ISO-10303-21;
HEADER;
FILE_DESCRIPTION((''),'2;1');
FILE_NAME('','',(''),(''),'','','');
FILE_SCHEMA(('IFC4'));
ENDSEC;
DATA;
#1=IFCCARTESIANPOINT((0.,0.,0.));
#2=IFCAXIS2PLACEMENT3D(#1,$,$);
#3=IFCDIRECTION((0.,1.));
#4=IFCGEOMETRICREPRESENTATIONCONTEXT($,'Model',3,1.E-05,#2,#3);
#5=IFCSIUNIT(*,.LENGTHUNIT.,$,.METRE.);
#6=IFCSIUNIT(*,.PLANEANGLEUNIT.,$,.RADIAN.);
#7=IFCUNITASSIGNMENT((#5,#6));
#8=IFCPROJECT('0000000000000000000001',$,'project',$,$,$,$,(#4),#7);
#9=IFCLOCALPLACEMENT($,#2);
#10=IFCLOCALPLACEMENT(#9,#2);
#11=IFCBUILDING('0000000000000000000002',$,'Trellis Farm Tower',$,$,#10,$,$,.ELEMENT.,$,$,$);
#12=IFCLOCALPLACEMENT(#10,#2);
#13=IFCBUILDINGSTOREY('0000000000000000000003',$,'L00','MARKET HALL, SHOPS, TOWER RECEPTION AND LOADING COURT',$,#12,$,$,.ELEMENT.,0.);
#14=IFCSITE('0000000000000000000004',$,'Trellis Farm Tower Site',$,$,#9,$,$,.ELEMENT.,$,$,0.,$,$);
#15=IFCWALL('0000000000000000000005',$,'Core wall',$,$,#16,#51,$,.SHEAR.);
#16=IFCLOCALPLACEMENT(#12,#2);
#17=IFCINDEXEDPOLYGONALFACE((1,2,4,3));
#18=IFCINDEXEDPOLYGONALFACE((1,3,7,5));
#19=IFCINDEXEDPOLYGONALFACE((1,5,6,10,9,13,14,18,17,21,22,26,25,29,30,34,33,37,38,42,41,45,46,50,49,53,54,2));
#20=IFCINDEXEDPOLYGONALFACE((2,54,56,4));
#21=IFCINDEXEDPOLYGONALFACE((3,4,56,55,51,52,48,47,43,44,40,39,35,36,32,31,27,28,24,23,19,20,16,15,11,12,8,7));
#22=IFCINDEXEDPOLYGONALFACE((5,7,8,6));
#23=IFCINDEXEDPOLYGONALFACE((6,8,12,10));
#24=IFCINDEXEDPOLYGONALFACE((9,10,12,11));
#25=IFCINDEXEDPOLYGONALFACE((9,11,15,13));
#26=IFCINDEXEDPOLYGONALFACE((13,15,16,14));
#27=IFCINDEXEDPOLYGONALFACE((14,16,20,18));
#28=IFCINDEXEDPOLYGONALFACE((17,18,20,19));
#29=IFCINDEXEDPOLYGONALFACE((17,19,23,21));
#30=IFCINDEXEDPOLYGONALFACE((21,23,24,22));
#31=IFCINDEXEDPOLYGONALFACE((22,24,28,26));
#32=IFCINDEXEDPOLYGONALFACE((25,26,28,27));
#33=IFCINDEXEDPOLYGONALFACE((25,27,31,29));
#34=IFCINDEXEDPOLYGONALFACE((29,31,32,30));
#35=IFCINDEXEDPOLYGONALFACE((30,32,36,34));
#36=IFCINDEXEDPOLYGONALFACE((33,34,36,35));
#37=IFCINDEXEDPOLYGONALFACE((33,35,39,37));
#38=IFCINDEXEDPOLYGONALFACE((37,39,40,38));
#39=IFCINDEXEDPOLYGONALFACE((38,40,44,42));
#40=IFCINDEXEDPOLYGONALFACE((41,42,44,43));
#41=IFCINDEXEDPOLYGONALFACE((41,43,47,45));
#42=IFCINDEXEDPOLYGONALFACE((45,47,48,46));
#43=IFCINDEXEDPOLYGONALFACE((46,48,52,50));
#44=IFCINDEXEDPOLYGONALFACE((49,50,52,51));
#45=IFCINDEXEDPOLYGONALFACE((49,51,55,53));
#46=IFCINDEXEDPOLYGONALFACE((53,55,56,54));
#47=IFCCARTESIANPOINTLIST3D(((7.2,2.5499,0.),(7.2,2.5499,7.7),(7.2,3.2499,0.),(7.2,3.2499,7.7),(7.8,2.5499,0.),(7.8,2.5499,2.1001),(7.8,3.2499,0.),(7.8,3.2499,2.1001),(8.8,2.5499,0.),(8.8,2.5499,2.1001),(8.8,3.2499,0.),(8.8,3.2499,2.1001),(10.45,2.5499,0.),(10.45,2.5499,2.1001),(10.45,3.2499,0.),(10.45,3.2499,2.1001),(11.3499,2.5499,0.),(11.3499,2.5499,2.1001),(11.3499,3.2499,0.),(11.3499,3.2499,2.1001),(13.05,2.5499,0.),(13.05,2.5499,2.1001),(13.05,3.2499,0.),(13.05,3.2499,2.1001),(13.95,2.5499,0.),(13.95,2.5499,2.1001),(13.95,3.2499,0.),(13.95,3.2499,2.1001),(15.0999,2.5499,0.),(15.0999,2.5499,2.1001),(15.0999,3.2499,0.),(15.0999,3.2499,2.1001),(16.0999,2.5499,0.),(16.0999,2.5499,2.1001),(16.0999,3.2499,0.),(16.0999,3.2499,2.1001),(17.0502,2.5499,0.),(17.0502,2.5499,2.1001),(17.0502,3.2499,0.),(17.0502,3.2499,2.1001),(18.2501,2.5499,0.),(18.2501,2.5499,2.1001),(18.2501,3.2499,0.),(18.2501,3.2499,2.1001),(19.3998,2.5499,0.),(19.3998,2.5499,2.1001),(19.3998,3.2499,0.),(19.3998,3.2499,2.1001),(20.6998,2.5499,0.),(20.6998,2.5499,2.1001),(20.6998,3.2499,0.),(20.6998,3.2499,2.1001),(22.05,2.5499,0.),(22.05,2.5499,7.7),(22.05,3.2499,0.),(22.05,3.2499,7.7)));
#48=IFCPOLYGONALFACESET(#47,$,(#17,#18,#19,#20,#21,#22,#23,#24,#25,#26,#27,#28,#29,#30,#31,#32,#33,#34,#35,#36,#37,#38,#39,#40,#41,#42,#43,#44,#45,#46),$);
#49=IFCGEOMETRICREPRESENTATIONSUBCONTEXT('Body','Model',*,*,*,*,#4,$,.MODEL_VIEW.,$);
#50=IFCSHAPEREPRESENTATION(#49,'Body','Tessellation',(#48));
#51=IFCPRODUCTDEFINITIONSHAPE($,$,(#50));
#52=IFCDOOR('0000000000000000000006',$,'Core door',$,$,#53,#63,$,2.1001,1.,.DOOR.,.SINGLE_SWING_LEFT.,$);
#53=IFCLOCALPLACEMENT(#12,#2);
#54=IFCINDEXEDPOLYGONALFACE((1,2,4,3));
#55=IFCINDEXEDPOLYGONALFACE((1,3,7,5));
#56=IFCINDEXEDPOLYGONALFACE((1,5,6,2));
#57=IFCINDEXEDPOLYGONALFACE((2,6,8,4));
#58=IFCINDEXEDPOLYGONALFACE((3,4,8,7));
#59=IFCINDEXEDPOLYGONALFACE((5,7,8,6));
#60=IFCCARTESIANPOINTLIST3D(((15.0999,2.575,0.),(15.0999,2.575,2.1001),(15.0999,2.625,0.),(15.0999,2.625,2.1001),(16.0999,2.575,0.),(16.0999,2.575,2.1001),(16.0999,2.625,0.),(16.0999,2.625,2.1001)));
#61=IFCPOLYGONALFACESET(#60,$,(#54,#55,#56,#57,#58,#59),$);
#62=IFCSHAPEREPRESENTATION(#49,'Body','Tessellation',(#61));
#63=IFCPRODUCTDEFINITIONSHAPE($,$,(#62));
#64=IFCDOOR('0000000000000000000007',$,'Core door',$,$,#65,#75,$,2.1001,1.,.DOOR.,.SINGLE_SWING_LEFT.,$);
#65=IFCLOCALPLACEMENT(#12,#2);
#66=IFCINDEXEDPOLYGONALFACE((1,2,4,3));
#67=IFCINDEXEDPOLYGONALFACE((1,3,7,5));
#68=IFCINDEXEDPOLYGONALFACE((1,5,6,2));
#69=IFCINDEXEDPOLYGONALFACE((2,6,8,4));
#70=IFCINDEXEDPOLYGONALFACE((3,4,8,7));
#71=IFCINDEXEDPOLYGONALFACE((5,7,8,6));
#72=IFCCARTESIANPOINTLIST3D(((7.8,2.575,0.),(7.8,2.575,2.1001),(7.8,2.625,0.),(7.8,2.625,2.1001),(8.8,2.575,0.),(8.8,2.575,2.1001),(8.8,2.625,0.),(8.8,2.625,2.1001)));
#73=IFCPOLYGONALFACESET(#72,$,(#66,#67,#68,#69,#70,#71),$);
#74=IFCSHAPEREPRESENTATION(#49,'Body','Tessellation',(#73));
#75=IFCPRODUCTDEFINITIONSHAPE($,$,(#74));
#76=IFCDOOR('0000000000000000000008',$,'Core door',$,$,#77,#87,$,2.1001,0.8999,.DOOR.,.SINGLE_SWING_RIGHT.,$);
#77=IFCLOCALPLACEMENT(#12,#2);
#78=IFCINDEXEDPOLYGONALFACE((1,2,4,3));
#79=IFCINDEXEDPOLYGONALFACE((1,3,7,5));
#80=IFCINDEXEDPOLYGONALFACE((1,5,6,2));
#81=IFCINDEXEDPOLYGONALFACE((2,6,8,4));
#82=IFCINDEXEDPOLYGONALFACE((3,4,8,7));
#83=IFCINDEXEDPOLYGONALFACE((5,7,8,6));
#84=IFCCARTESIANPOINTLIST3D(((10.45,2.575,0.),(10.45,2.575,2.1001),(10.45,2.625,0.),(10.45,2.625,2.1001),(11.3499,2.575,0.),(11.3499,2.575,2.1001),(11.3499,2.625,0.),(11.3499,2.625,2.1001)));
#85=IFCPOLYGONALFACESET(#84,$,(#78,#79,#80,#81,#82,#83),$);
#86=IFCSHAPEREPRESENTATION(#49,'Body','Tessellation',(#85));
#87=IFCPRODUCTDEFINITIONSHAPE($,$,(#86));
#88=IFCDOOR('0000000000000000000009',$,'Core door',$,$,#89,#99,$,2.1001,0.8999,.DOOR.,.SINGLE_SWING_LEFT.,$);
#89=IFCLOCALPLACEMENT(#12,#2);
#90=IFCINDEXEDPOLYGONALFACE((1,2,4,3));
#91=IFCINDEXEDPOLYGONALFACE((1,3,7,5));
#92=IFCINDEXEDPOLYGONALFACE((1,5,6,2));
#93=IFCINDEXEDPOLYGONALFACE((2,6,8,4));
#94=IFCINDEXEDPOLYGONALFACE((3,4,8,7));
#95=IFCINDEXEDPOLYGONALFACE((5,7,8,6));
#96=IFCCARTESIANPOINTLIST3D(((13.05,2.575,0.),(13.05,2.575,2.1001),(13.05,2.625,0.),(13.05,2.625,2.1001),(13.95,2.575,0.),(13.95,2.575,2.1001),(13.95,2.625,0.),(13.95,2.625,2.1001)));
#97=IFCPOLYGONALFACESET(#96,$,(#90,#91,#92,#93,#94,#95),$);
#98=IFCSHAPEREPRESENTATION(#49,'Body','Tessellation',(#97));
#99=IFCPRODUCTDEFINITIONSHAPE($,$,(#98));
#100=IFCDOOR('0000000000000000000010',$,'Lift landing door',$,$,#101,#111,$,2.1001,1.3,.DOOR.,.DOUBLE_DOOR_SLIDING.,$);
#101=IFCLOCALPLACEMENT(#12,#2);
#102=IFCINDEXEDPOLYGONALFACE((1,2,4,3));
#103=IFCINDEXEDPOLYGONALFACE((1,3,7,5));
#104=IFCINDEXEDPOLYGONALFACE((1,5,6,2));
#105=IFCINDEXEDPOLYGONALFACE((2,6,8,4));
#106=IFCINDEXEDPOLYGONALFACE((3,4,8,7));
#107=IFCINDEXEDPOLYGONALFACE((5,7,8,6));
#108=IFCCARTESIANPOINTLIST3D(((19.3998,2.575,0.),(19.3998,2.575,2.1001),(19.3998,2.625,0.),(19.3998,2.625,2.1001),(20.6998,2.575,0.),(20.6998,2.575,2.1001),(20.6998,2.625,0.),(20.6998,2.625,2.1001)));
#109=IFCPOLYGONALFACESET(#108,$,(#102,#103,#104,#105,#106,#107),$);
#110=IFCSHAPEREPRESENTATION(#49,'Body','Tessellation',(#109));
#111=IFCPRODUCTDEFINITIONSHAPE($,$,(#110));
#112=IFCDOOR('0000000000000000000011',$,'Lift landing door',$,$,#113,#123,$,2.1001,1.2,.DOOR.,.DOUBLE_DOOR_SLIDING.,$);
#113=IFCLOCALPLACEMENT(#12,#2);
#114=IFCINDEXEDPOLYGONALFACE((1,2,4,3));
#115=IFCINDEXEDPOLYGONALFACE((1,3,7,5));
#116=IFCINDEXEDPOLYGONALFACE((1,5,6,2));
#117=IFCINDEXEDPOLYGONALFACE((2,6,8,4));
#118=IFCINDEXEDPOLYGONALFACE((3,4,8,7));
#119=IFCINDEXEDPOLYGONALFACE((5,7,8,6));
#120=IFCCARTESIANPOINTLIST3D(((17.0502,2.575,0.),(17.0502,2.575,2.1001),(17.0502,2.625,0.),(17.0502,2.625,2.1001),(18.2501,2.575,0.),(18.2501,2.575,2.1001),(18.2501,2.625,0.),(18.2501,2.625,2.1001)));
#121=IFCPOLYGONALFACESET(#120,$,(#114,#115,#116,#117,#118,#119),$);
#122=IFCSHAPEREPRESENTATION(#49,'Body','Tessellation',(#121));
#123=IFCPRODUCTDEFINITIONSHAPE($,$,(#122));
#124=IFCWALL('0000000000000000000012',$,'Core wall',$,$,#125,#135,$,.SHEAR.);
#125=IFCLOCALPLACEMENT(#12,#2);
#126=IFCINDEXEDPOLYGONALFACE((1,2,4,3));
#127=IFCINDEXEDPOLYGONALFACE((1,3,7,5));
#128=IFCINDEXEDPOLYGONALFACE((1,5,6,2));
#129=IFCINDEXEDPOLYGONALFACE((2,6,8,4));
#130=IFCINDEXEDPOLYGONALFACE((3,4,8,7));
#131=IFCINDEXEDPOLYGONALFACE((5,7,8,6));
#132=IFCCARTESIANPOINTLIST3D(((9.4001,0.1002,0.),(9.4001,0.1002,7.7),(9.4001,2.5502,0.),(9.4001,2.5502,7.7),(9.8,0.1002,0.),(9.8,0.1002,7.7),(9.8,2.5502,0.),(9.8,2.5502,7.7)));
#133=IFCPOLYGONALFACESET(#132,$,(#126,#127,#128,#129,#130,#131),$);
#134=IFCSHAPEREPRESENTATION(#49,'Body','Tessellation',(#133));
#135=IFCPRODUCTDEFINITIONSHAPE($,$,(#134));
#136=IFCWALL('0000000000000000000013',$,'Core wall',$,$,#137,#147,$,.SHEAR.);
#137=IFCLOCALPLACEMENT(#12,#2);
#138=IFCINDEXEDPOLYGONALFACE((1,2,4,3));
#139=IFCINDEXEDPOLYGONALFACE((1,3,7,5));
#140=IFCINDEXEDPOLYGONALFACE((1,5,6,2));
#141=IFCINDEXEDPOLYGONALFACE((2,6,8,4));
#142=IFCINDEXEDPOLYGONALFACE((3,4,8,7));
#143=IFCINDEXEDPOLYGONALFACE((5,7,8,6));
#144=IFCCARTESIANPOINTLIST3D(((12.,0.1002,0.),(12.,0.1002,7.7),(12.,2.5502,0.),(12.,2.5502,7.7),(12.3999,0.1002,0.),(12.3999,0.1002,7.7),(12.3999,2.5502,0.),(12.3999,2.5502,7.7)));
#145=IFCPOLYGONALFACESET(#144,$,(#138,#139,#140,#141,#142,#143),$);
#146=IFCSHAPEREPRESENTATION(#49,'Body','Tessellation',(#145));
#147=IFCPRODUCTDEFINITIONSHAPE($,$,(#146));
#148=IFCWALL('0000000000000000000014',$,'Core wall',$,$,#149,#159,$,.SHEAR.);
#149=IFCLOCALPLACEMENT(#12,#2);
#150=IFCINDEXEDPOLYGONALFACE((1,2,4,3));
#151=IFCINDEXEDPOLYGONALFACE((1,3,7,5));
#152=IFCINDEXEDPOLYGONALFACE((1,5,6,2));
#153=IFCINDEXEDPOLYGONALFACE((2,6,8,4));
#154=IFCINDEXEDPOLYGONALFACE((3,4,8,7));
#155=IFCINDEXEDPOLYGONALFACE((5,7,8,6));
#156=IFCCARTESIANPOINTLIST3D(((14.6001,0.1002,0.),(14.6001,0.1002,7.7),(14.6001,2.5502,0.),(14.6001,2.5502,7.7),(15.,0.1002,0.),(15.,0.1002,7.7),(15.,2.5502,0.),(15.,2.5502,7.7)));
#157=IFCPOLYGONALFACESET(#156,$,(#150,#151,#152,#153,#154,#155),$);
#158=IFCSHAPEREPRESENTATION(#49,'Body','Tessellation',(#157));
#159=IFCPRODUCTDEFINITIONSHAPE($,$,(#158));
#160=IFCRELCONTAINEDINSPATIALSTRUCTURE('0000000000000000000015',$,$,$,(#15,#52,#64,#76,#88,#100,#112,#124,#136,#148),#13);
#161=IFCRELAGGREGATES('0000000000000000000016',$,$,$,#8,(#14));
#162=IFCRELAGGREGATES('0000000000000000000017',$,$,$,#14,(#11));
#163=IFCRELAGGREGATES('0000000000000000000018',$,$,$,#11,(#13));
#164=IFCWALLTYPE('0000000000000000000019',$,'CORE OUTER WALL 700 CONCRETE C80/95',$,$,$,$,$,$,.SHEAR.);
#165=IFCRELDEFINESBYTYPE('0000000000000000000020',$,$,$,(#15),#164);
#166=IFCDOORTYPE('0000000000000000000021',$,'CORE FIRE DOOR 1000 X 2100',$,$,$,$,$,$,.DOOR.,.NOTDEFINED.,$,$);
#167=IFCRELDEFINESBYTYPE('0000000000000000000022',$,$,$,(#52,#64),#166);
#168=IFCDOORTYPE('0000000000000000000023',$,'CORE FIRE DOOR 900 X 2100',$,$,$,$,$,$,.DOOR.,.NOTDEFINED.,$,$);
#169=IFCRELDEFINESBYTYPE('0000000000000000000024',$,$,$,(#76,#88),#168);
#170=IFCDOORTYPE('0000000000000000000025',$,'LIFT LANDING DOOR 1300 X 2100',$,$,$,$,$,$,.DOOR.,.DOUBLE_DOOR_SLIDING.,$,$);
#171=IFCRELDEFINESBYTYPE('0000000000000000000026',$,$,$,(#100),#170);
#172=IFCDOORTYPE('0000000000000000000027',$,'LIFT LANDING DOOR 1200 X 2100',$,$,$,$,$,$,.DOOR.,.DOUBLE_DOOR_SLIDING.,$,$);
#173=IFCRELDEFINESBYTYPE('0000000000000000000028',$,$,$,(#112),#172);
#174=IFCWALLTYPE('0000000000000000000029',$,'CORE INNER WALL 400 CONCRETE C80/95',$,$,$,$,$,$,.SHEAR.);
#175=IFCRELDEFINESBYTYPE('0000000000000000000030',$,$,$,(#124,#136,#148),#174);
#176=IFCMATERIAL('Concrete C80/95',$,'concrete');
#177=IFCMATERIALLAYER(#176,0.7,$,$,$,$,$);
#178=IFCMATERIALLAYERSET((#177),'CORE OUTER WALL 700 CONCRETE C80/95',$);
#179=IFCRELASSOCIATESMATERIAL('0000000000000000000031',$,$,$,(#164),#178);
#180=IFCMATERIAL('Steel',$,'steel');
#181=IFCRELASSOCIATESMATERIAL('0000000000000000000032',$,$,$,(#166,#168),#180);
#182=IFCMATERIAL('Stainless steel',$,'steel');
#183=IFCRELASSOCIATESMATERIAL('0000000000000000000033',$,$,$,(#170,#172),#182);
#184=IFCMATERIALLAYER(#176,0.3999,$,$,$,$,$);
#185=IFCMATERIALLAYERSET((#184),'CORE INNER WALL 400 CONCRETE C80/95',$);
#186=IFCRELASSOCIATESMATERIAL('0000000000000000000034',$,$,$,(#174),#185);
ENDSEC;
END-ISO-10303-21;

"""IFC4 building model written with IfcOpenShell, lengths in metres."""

from ifc_helpers import new_model, si_unit, direction, frame, frame_2d, origin, place, context, subcontext, project, spatial, rectangle, extrude, source, transform, mapped, material, layer, layer_set, type_object, element, fill, save


model = new_model("IFC4")

# Units and contexts
model_context = context("Model", 3, precision=1e-05, world=origin(), true_north=direction((0.0, 1.0)))
body_context = subcontext(model_context, "Body", "Model", "MODEL_VIEW")
ifc_project = project(units=[si_unit("LENGTHUNIT", "METRE"), si_unit("PLANEANGLEUNIT", "RADIAN")], contexts=[model_context])

# Site, building, storey
site_placement = place(None, origin())
site = spatial("IfcSite", under=ifc_project, at=site_placement, Name="Trellis Farm Tower Site", CompositionType="ELEMENT", RefElevation=0.0)
building_placement = place(site_placement, origin())
building = spatial("IfcBuilding", under=site, at=building_placement, Name="Trellis Farm Tower", CompositionType="ELEMENT")
storey_placement = place(building_placement, origin())
storey = spatial("IfcBuildingStorey", under=building, at=storey_placement, Name="L00", Description="MARKET HALL, SHOPS, TOWER RECEPTION AND LOADING COURT", CompositionType="ELEMENT", Elevation=0.0)

# Shared definitions
ifc_material_1 = material(Name="Concrete C80/95", Category="concrete")

# Wall, openings, doors
ifc_layer_1 = layer(ifc_material_1, 0.7)
ifc_layer_set_1 = layer_set([ifc_layer_1], Name="CORE OUTER WALL 700 CONCRETE C80/95")
wall_type_1 = type_object("IfcWallType", Name="CORE OUTER WALL 700 CONCRETE C80/95", PredefinedType="SHEAR", material=ifc_layer_set_1)
wall_1_placement = place(storey_placement, frame((7.2, 2.8999, 0.0), z_axis=(0.0, 0.0, 1.0), x_axis=(1.0, 0.0, 0.0)))
wall_1 = element("IfcWall", 1, at=wall_1_placement, inside=storey, type_object=wall_type_1, Name="Core wall", PredefinedType="SHEAR", context=body_context, shape_type="SweptSolid", body=[
    extrude(rectangle(XDim=14.8501, YDim=0.7, at=frame_2d((7.425, 0.0))), origin(), (0.0, 0.0, 1.0), 7.7),
])
shared_shape_1 = source(origin(), body_context, "Body", "SweptSolid", [
    extrude(rectangle(XDim=1.3, YDim=2.1001, at=frame_2d((0.6499, 1.05))), frame((0.0, 0.3601, 0.0), z_axis=(0.0, -1.0, 0.0), x_axis=(1.0, 0.0, 0.0)), (0.0, 0.0, 1.0), 0.7202),
])
opening_1_placement = place(wall_1_placement, frame((12.2, 0.0, 0.0)))
opening_1 = element("IfcOpeningElement", 2, at=opening_1_placement, cuts=wall_1, PredefinedType="OPENING", context=body_context, shape_type="MappedRepresentation", body=[
    mapped(shared_shape_1, transform((0.0, 0.0, 0.0))),
])
shared_shape_2 = source(origin(), body_context, "Body", "SweptSolid", [
    extrude(rectangle(XDim=1.2, YDim=2.1001, at=frame_2d((0.6001, 1.05))), frame((0.0, 0.3601, 0.0), z_axis=(0.0, -1.0, 0.0), x_axis=(1.0, 0.0, 0.0)), (0.0, 0.0, 1.0), 0.7202),
])
opening_2_placement = place(wall_1_placement, frame((9.8501, 0.0, 0.0)))
opening_2 = element("IfcOpeningElement", 3, at=opening_2_placement, cuts=wall_1, PredefinedType="OPENING", context=body_context, shape_type="MappedRepresentation", body=[
    mapped(shared_shape_2, transform((0.0, 0.0, 0.0))),
])
shared_shape_3 = source(origin(), body_context, "Body", "SweptSolid", [
    extrude(rectangle(XDim=1.0, YDim=2.1001, at=frame_2d((0.5, 1.05))), frame((0.0, 0.3601, 0.0), z_axis=(0.0, -1.0, 0.0), x_axis=(1.0, 0.0, 0.0)), (0.0, 0.0, 1.0), 0.7202),
])
opening_3_placement = place(wall_1_placement, frame((7.8999, 0.0, 0.0)))
opening_3 = element("IfcOpeningElement", 4, at=opening_3_placement, cuts=wall_1, PredefinedType="OPENING", context=body_context, shape_type="MappedRepresentation", body=[
    mapped(shared_shape_3, transform((0.0, 0.0, 0.0))),
])
opening_4_placement = place(wall_1_placement, frame((0.6001, 0.0, 0.0)))
opening_4 = element("IfcOpeningElement", 5, at=opening_4_placement, cuts=wall_1, PredefinedType="OPENING", context=body_context, shape_type="MappedRepresentation", body=[
    mapped(shared_shape_3, transform((0.0, 0.0, 0.0))),
])
shared_shape_4 = source(origin(), body_context, "Body", "SweptSolid", [
    extrude(rectangle(XDim=0.8999, YDim=2.1001, at=frame_2d((0.45, 1.05))), frame((0.0, 0.3601, 0.0), z_axis=(0.0, -1.0, 0.0), x_axis=(1.0, 0.0, 0.0)), (0.0, 0.0, 1.0), 0.7202),
])
opening_5_placement = place(wall_1_placement, frame((3.25, 0.0, 0.0)))
opening_5 = element("IfcOpeningElement", 6, at=opening_5_placement, cuts=wall_1, PredefinedType="OPENING", context=body_context, shape_type="MappedRepresentation", body=[
    mapped(shared_shape_4, transform((0.0, 0.0, 0.0))),
])
opening_6_placement = place(wall_1_placement, frame((5.8501, 0.0, 0.0)))
opening_6 = element("IfcOpeningElement", 7, at=opening_6_placement, cuts=wall_1, PredefinedType="OPENING", context=body_context, shape_type="MappedRepresentation", body=[
    mapped(shared_shape_4, transform((0.0, 0.0, 0.0))),
])
ifc_material_2 = material(Name="Steel", Category="steel")
door_type_1 = type_object("IfcDoorType", Name="CORE FIRE DOOR 1000 X 2100", OperationType="NOTDEFINED", PredefinedType="DOOR", material=ifc_material_2)
shared_shape_5 = source(origin(), body_context, "Body", "SweptSolid", [
    extrude(rectangle(XDim=1.0, YDim=2.1001, at=frame_2d((0.5, 1.05))), frame((0.0, -0.2749, 0.0), z_axis=(0.0, -1.0, 0.0), x_axis=(1.0, 0.0, 0.0)), (0.0, 0.0, 1.0), 0.05),
])
door_1_placement = place(opening_3_placement, origin())
door_1 = element("IfcDoor", 8, at=door_1_placement, inside=storey, type_object=door_type_1, Name="Core door", OperationType="SINGLE_SWING_LEFT", OverallHeight=2.1001, OverallWidth=1.0, PredefinedType="DOOR", context=body_context, shape_type="MappedRepresentation", body=[
    mapped(shared_shape_5, transform((0.0, 0.0, 0.0))),
])
fill(opening_3, door_1)
door_2_placement = place(opening_4_placement, origin())
door_2 = element("IfcDoor", 9, at=door_2_placement, inside=storey, type_object=door_type_1, Name="Core door", OperationType="SINGLE_SWING_LEFT", OverallHeight=2.1001, OverallWidth=1.0, PredefinedType="DOOR", context=body_context, shape_type="MappedRepresentation", body=[
    mapped(shared_shape_5, transform((0.0, 0.0, 0.0))),
])
fill(opening_4, door_2)
door_type_2 = type_object("IfcDoorType", Name="CORE FIRE DOOR 900 X 2100", OperationType="NOTDEFINED", PredefinedType="DOOR", material=ifc_material_2)
shared_shape_6 = source(origin(), body_context, "Body", "SweptSolid", [
    extrude(rectangle(XDim=0.8999, YDim=2.1001, at=frame_2d((0.45, 1.05))), frame((0.0, -0.2749, 0.0), z_axis=(0.0, -1.0, 0.0), x_axis=(1.0, 0.0, 0.0)), (0.0, 0.0, 1.0), 0.05),
])
door_3_placement = place(opening_5_placement, origin())
door_3 = element("IfcDoor", 10, at=door_3_placement, inside=storey, type_object=door_type_2, Name="Core door", OperationType="SINGLE_SWING_RIGHT", OverallHeight=2.1001, OverallWidth=0.8999, PredefinedType="DOOR", context=body_context, shape_type="MappedRepresentation", body=[
    mapped(shared_shape_6, transform((0.0, 0.0, 0.0))),
])
fill(opening_5, door_3)
door_4_placement = place(opening_6_placement, origin())
door_4 = element("IfcDoor", 11, at=door_4_placement, inside=storey, type_object=door_type_2, Name="Core door", OperationType="SINGLE_SWING_LEFT", OverallHeight=2.1001, OverallWidth=0.8999, PredefinedType="DOOR", context=body_context, shape_type="MappedRepresentation", body=[
    mapped(shared_shape_6, transform((0.0, 0.0, 0.0))),
])
fill(opening_6, door_4)
ifc_material_3 = material(Name="Stainless steel", Category="steel")
door_type_3 = type_object("IfcDoorType", Name="LIFT LANDING DOOR 1300 X 2100", OperationType="DOUBLE_DOOR_SLIDING", PredefinedType="DOOR", material=ifc_material_3)
shared_shape_7 = source(origin(), body_context, "Body", "SweptSolid", [
    extrude(rectangle(XDim=1.3, YDim=2.1001, at=frame_2d((0.6499, 1.05))), frame((0.0, -0.2749, 0.0), z_axis=(0.0, -1.0, 0.0), x_axis=(1.0, 0.0, 0.0)), (0.0, 0.0, 1.0), 0.05),
])
door_5_placement = place(opening_1_placement, origin())
door_5 = element("IfcDoor", 12, at=door_5_placement, inside=storey, type_object=door_type_3, Name="Lift landing door", OperationType="DOUBLE_DOOR_SLIDING", OverallHeight=2.1001, OverallWidth=1.3, PredefinedType="DOOR", context=body_context, shape_type="MappedRepresentation", body=[
    mapped(shared_shape_7, transform((0.0, 0.0, 0.0))),
])
fill(opening_1, door_5)
door_type_4 = type_object("IfcDoorType", Name="LIFT LANDING DOOR 1200 X 2100", OperationType="DOUBLE_DOOR_SLIDING", PredefinedType="DOOR", material=ifc_material_3)
shared_shape_8 = source(origin(), body_context, "Body", "SweptSolid", [
    extrude(rectangle(XDim=1.2, YDim=2.1001, at=frame_2d((0.6001, 1.05))), frame((0.0, -0.2749, 0.0), z_axis=(0.0, -1.0, 0.0), x_axis=(1.0, 0.0, 0.0)), (0.0, 0.0, 1.0), 0.05),
])
door_6_placement = place(opening_2_placement, origin())
door_6 = element("IfcDoor", 13, at=door_6_placement, inside=storey, type_object=door_type_4, Name="Lift landing door", OperationType="DOUBLE_DOOR_SLIDING", OverallHeight=2.1001, OverallWidth=1.2, PredefinedType="DOOR", context=body_context, shape_type="MappedRepresentation", body=[
    mapped(shared_shape_8, transform((0.0, 0.0, 0.0))),
])
fill(opening_2, door_6)

# Walls
ifc_layer_2 = layer(ifc_material_1, 0.3999)
ifc_layer_set_2 = layer_set([ifc_layer_2], Name="CORE INNER WALL 400 CONCRETE C80/95")
wall_type_2 = type_object("IfcWallType", Name="CORE INNER WALL 400 CONCRETE C80/95", PredefinedType="SHEAR", material=ifc_layer_set_2)
shared_shape_9 = source(origin(), body_context, "Body", "SweptSolid", [
    extrude(rectangle(XDim=2.45, YDim=0.3999, at=frame_2d((1.2251, 0.0))), origin(), (0.0, 0.0, 1.0), 7.7),
])
for number, where, z_axis, x_axis, name in (
    (14, (9.6001, 0.1001, 0.0), (0.0, 0.0, 1.0), (0.0, 1.0, 0.0), "Core wall"),
    (15, (12.2, 0.1001, 0.0), (0.0, 0.0, 1.0), (0.0, 1.0, 0.0), "Core wall"),
    (16, (14.8, 0.1001, 0.0), (0.0, 0.0, 1.0), (0.0, 1.0, 0.0), "Core wall"),
):
    element("IfcWall", number, at=place(storey_placement, frame(where, z_axis=z_axis, x_axis=x_axis)), inside=storey, type_object=wall_type_2, Name=name, PredefinedType="SHEAR", context=body_context, shape_type="MappedRepresentation", body=[
        mapped(shared_shape_9, transform((0.0, 0.0, 0.0))),
    ])

save(model, "model.ifc")
